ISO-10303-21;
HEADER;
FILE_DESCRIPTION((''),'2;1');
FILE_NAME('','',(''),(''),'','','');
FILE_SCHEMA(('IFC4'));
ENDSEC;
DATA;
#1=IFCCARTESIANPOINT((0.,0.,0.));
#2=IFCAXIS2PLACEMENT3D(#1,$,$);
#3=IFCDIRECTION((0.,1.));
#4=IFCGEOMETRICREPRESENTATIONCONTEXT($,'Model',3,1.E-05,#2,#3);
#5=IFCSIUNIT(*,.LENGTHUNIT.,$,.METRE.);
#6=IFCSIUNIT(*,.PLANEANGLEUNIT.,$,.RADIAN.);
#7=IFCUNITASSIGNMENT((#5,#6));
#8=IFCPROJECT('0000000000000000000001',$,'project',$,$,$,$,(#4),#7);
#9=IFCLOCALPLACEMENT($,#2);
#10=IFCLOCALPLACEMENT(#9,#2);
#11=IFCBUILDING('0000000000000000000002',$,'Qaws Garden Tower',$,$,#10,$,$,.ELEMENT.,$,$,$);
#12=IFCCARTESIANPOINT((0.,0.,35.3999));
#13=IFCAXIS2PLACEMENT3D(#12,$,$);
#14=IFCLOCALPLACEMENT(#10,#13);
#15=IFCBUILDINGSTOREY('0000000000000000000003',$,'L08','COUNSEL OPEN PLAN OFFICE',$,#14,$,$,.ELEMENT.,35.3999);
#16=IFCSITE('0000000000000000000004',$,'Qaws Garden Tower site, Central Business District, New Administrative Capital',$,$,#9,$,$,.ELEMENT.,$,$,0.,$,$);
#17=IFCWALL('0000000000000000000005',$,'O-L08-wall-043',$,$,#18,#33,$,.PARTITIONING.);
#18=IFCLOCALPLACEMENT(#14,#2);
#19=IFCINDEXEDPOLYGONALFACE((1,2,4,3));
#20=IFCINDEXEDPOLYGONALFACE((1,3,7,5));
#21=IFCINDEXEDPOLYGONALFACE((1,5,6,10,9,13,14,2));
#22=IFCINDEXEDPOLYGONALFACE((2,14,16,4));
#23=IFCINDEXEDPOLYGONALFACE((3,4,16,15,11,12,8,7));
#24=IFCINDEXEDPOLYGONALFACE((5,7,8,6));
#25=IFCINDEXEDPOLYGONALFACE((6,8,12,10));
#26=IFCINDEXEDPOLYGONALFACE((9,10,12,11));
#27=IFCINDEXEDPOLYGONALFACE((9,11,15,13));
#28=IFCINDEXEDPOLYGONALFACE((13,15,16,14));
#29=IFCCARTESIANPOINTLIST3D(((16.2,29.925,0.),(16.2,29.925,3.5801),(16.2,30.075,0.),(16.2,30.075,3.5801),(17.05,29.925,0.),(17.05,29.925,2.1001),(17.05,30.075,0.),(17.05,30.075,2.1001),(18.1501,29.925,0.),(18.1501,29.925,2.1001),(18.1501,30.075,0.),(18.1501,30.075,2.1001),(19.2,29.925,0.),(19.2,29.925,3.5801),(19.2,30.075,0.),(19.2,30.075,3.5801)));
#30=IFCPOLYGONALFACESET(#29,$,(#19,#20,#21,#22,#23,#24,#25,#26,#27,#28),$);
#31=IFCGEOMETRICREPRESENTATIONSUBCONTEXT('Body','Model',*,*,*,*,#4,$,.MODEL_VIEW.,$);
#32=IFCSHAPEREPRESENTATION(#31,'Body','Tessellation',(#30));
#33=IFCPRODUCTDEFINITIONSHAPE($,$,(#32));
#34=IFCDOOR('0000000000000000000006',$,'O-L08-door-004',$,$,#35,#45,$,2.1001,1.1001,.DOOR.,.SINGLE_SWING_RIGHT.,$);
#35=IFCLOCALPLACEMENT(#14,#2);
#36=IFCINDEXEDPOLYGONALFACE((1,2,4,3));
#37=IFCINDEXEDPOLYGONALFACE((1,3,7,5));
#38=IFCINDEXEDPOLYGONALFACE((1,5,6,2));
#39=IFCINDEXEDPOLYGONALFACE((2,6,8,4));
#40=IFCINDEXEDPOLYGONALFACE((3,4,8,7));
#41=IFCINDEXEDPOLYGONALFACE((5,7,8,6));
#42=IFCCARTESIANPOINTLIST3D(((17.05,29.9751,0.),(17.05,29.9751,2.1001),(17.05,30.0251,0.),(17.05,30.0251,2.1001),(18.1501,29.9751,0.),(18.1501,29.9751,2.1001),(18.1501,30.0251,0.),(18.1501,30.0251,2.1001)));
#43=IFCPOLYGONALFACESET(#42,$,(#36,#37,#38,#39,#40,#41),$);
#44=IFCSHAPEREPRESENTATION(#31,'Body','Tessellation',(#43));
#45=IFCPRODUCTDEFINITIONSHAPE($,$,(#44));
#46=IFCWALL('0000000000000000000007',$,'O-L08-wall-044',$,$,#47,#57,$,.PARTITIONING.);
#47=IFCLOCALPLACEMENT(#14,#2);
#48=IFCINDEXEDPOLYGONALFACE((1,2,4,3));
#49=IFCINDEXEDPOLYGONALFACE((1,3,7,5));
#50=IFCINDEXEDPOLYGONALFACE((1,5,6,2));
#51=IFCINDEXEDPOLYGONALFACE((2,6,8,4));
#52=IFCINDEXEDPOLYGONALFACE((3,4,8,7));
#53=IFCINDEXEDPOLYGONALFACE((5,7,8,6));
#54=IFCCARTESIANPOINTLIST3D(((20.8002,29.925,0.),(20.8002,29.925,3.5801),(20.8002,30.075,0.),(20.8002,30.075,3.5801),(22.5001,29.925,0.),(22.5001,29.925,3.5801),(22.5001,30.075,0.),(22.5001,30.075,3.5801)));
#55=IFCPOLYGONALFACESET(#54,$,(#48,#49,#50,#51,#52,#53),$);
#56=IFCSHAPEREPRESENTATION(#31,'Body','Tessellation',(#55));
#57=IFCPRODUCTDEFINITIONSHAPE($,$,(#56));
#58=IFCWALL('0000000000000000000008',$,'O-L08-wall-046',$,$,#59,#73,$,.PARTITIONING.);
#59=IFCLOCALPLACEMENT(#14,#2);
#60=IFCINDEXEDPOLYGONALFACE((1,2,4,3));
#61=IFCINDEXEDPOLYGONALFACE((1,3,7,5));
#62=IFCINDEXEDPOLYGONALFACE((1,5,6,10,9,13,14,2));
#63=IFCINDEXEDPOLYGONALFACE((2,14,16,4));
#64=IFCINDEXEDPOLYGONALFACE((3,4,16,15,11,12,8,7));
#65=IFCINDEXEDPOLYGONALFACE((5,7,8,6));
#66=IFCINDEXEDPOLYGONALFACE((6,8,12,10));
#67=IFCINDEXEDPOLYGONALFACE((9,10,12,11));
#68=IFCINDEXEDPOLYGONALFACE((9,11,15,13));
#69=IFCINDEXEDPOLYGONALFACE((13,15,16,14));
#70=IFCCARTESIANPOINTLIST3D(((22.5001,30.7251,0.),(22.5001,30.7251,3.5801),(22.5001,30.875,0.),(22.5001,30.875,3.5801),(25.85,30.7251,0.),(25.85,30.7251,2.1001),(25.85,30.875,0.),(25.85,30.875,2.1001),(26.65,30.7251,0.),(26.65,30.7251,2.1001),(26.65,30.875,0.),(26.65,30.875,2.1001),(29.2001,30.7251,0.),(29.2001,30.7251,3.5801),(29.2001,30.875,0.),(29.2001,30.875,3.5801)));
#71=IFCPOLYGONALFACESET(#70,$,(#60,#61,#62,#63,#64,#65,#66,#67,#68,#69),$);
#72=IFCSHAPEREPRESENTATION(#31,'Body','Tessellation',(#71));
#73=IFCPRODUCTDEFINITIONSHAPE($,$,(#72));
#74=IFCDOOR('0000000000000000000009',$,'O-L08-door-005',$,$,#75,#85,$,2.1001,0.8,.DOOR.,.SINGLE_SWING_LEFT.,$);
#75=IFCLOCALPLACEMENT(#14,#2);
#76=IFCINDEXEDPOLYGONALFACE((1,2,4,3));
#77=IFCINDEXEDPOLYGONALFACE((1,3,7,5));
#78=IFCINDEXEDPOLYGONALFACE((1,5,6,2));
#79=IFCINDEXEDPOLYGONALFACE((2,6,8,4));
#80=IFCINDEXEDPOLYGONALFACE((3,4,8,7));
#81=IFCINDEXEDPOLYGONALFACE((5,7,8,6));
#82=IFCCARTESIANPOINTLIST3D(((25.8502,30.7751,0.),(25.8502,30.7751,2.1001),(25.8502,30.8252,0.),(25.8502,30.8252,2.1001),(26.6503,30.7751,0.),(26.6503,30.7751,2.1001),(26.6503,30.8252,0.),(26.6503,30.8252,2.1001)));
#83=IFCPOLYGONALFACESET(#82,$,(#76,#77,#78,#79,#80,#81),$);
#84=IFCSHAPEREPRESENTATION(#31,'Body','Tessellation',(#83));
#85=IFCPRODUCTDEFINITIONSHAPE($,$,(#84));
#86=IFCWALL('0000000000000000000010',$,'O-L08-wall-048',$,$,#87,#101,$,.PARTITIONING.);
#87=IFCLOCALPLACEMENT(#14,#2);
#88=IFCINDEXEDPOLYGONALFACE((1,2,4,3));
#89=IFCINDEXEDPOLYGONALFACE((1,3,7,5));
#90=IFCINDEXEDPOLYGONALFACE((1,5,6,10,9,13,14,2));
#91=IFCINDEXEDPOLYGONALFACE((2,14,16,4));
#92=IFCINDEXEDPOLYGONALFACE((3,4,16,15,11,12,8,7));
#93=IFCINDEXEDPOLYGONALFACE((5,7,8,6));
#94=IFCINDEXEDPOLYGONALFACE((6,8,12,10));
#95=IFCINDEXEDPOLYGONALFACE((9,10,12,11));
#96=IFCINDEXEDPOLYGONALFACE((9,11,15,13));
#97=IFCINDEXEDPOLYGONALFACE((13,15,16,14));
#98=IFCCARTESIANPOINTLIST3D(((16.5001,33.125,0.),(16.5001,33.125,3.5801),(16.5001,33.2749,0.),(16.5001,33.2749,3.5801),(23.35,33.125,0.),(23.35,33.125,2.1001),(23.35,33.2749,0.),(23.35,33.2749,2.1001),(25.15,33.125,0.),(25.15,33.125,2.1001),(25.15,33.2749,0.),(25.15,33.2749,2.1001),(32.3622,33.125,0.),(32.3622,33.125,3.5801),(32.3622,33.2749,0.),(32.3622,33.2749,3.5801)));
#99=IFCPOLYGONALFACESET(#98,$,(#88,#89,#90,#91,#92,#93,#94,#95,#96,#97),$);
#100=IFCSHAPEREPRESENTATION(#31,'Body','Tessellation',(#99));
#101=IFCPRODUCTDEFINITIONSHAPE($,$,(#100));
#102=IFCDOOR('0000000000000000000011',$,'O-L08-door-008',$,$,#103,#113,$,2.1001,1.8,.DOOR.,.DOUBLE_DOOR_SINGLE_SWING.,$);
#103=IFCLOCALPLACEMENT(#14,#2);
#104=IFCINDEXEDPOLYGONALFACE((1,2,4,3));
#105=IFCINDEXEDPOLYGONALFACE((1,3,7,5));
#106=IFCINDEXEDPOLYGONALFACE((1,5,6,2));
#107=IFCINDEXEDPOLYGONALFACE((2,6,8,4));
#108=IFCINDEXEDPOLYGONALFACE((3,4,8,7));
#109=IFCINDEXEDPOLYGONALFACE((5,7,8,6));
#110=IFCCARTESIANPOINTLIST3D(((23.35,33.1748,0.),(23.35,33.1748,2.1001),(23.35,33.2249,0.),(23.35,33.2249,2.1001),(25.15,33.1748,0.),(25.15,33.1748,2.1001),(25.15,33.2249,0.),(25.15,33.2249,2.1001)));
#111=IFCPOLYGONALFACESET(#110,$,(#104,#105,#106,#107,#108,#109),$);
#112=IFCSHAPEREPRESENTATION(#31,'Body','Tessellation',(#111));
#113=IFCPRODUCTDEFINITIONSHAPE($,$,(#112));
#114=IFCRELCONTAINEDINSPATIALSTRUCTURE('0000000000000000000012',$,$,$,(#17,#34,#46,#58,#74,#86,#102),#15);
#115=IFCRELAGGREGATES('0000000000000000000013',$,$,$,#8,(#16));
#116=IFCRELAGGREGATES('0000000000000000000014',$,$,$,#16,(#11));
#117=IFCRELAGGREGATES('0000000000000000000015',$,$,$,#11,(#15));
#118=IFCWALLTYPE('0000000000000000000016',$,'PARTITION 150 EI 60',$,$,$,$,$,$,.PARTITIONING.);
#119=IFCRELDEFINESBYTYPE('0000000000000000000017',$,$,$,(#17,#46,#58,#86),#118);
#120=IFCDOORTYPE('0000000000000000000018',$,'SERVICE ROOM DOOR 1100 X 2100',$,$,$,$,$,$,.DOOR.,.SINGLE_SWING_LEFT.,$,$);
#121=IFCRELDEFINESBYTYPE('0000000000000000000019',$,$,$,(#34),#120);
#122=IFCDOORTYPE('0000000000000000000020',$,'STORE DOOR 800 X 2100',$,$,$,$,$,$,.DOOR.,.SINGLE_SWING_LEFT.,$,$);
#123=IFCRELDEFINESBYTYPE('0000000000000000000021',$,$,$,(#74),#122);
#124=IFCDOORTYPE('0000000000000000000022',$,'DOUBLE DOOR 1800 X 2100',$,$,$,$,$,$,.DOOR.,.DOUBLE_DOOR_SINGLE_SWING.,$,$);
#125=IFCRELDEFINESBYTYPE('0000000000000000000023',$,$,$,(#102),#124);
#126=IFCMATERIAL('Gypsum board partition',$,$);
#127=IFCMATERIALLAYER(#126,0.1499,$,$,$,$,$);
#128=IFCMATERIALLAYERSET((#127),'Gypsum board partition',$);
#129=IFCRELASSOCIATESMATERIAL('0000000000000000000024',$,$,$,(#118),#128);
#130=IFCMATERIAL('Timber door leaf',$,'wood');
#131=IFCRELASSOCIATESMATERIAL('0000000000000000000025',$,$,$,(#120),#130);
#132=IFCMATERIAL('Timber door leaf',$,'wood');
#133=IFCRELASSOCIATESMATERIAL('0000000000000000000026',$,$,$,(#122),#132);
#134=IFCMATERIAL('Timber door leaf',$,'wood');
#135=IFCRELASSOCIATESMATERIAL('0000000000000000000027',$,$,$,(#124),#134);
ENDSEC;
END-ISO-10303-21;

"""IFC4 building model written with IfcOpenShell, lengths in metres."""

from ifc_helpers import new_model, si_unit, direction, frame, frame_2d, origin, place, context, subcontext, project, spatial, rectangle, extrude, material, layer, layer_set, type_object, element, fill, save


model = new_model("IFC4")

# Units and contexts
model_context = context("Model", 3, precision=1e-05, world=origin(), true_north=direction((0.0, 1.0)))
body_context = subcontext(model_context, "Body", "Model", "MODEL_VIEW")
ifc_project = project(units=[si_unit("LENGTHUNIT", "METRE"), si_unit("PLANEANGLEUNIT", "RADIAN")], contexts=[model_context])

# Site, building, storey
site_placement = place(None, origin())
site = spatial("IfcSite", under=ifc_project, at=site_placement, Name="Qaws Garden Tower site, Central Business District, New Administrative Capital", CompositionType="ELEMENT", RefElevation=0.0)
building_placement = place(site_placement, origin())
building = spatial("IfcBuilding", under=site, at=building_placement, Name="Qaws Garden Tower", CompositionType="ELEMENT")
storey_placement = place(building_placement, frame((0.0, 0.0, 35.3999)))
storey = spatial("IfcBuildingStorey", under=building, at=storey_placement, Name="L08", Description="COUNSEL OPEN PLAN OFFICE", CompositionType="ELEMENT", Elevation=35.3999)

# Shared definitions
ifc_material_1 = material(Name="Gypsum board partition")
ifc_layer_1 = layer(ifc_material_1, 0.1499)
ifc_layer_set_1 = layer_set([ifc_layer_1], Name="Gypsum board partition")
wall_type_1 = type_object("IfcWallType", Name="PARTITION 150 EI 60", PredefinedType="PARTITIONING", material=ifc_layer_set_1)

# Wall, opening, door
wall_1_placement = place(storey_placement, frame((16.2, 30.0, 0.0), z_axis=(0.0, 0.0, 1.0), x_axis=(1.0, 0.0, 0.0)))
wall_1 = element("IfcWall", 1, at=wall_1_placement, inside=storey, type_object=wall_type_1, Name="O-L08-wall-043", PredefinedType="PARTITIONING", context=body_context, shape_type="SweptSolid", body=[
    extrude(rectangle(XDim=3.0, YDim=0.1499, at=frame_2d((1.5, 0.0))), origin(), (0.0, 0.0, 1.0), 3.5801),
])
opening_1_placement = place(wall_1_placement, frame((0.8501, 0.0, 0.0)))
opening_1 = element("IfcOpeningElement", 2, at=opening_1_placement, cuts=wall_1, PredefinedType="OPENING", context=body_context, shape_type="SweptSolid", body=[
    extrude(rectangle(XDim=1.1001, YDim=2.1001, at=frame_2d((0.55, 1.05))), frame((0.0, 0.085, 0.0), z_axis=(0.0, -1.0, 0.0), x_axis=(1.0, 0.0, 0.0)), (0.0, 0.0, 1.0), 0.1699),
])
ifc_material_2 = material(Name="Timber door leaf", Category="wood")
door_type_1 = type_object("IfcDoorType", Name="SERVICE ROOM DOOR 1100 X 2100", OperationType="SINGLE_SWING_LEFT", PredefinedType="DOOR", material=ifc_material_2)
door_1_placement = place(opening_1_placement, frame((1.1001, 0.0, 0.0), z_axis=(0.0, 0.0, 1.0), x_axis=(-1.0, 0.0, 0.0)))
door_1 = element("IfcDoor", 3, at=door_1_placement, inside=storey, type_object=door_type_1, Name="O-L08-door-004", OperationType="SINGLE_SWING_RIGHT", OverallHeight=2.1001, OverallWidth=1.1001, PredefinedType="DOOR", context=body_context, shape_type="SweptSolid", body=[
    extrude(rectangle(XDim=1.1001, YDim=2.1001, at=frame_2d((0.55, 1.05))), frame((0.0, 0.0249, 0.0), z_axis=(0.0, -1.0, 0.0), x_axis=(1.0, 0.0, 0.0)), (0.0, 0.0, 1.0), 0.05),
])
fill(opening_1, door_1)

# Wall
wall_2_placement = place(storey_placement, frame((20.8, 30.0, 0.0), z_axis=(0.0, 0.0, 1.0), x_axis=(1.0, 0.0, 0.0)))
element("IfcWall", 4, at=wall_2_placement, inside=storey, type_object=wall_type_1, Name="O-L08-wall-044", PredefinedType="PARTITIONING", context=body_context, shape_type="SweptSolid", body=[
    extrude(rectangle(XDim=1.7, YDim=0.1499, at=frame_2d((0.8501, 0.0))), origin(), (0.0, 0.0, 1.0), 3.5801),
])

# Walls, openings, doors
wall_3_placement = place(storey_placement, frame((22.5, 30.8, 0.0), z_axis=(0.0, 0.0, 1.0), x_axis=(1.0, 0.0, 0.0)))
wall_3 = element("IfcWall", 5, at=wall_3_placement, inside=storey, type_object=wall_type_1, Name="O-L08-wall-046", PredefinedType="PARTITIONING", context=body_context, shape_type="SweptSolid", body=[
    extrude(rectangle(XDim=6.7, YDim=0.1499, at=frame_2d((3.3501, 0.0))), origin(), (0.0, 0.0, 1.0), 3.5801),
])
opening_2_placement = place(wall_3_placement, frame((3.3501, 0.0, 0.0)))
opening_2 = element("IfcOpeningElement", 6, at=opening_2_placement, cuts=wall_3, PredefinedType="OPENING", context=body_context, shape_type="SweptSolid", body=[
    extrude(rectangle(XDim=0.8, YDim=2.1001, at=frame_2d((0.3999, 1.05))), frame((0.0, 0.085, 0.0), z_axis=(0.0, -1.0, 0.0), x_axis=(1.0, 0.0, 0.0)), (0.0, 0.0, 1.0), 0.1699),
])
ifc_material_3 = material(Name="Timber door leaf", Category="wood")
door_type_2 = type_object("IfcDoorType", Name="STORE DOOR 800 X 2100", OperationType="SINGLE_SWING_LEFT", PredefinedType="DOOR", material=ifc_material_3)
door_2_placement = place(opening_2_placement, frame((0.8, 0.0, 0.0), z_axis=(0.0, 0.0, 1.0), x_axis=(-1.0, 0.0, 0.0)))
door_2 = element("IfcDoor", 7, at=door_2_placement, inside=storey, type_object=door_type_2, Name="O-L08-door-005", OperationType="SINGLE_SWING_LEFT", OverallHeight=2.1001, OverallWidth=0.8, PredefinedType="DOOR", context=body_context, shape_type="SweptSolid", body=[
    extrude(rectangle(XDim=0.8, YDim=2.1001, at=frame_2d((0.3999, 1.05))), frame((0.0, 0.0249, 0.0), z_axis=(0.0, -1.0, 0.0), x_axis=(1.0, 0.0, 0.0)), (0.0, 0.0, 1.0), 0.05),
])
fill(opening_2, door_2)
wall_4_placement = place(storey_placement, frame((16.5, 33.2, 0.0), z_axis=(0.0, 0.0, 1.0), x_axis=(1.0, 0.0, 0.0)))
wall_4 = element("IfcWall", 8, at=wall_4_placement, inside=storey, type_object=wall_type_1, Name="O-L08-wall-048", PredefinedType="PARTITIONING", context=body_context, shape_type="SweptSolid", body=[
    extrude(rectangle(XDim=15.8621, YDim=0.1499, at=frame_2d((7.9312, 0.0))), origin(), (0.0, 0.0, 1.0), 3.5801),
])
opening_3_placement = place(wall_4_placement, frame((6.8501, 0.0, 0.0)))
opening_3 = element("IfcOpeningElement", 9, at=opening_3_placement, cuts=wall_4, PredefinedType="OPENING", context=body_context, shape_type="SweptSolid", body=[
    extrude(rectangle(XDim=1.8, YDim=2.1001, at=frame_2d((0.8999, 1.05))), frame((0.0, 0.085, 0.0), z_axis=(0.0, -1.0, 0.0), x_axis=(1.0, 0.0, 0.0)), (0.0, 0.0, 1.0), 0.1699),
])
ifc_material_4 = material(Name="Timber door leaf", Category="wood")
door_type_3 = type_object("IfcDoorType", Name="DOUBLE DOOR 1800 X 2100", OperationType="DOUBLE_DOOR_SINGLE_SWING", PredefinedType="DOOR", material=ifc_material_4)
door_3_placement = place(opening_3_placement, origin())
door_3 = element("IfcDoor", 10, at=door_3_placement, inside=storey, type_object=door_type_3, Name="O-L08-door-008", OperationType="DOUBLE_DOOR_SINGLE_SWING", OverallHeight=2.1001, OverallWidth=1.8, PredefinedType="DOOR", context=body_context, shape_type="SweptSolid", body=[
    extrude(rectangle(XDim=1.8, YDim=2.1001, at=frame_2d((0.8999, 1.05))), frame((0.0, 0.0249, 0.0), z_axis=(0.0, -1.0, 0.0), x_axis=(1.0, 0.0, 0.0)), (0.0, 0.0, 1.0), 0.05),
])
fill(opening_3, door_3)

save(model, "model.ifc")
